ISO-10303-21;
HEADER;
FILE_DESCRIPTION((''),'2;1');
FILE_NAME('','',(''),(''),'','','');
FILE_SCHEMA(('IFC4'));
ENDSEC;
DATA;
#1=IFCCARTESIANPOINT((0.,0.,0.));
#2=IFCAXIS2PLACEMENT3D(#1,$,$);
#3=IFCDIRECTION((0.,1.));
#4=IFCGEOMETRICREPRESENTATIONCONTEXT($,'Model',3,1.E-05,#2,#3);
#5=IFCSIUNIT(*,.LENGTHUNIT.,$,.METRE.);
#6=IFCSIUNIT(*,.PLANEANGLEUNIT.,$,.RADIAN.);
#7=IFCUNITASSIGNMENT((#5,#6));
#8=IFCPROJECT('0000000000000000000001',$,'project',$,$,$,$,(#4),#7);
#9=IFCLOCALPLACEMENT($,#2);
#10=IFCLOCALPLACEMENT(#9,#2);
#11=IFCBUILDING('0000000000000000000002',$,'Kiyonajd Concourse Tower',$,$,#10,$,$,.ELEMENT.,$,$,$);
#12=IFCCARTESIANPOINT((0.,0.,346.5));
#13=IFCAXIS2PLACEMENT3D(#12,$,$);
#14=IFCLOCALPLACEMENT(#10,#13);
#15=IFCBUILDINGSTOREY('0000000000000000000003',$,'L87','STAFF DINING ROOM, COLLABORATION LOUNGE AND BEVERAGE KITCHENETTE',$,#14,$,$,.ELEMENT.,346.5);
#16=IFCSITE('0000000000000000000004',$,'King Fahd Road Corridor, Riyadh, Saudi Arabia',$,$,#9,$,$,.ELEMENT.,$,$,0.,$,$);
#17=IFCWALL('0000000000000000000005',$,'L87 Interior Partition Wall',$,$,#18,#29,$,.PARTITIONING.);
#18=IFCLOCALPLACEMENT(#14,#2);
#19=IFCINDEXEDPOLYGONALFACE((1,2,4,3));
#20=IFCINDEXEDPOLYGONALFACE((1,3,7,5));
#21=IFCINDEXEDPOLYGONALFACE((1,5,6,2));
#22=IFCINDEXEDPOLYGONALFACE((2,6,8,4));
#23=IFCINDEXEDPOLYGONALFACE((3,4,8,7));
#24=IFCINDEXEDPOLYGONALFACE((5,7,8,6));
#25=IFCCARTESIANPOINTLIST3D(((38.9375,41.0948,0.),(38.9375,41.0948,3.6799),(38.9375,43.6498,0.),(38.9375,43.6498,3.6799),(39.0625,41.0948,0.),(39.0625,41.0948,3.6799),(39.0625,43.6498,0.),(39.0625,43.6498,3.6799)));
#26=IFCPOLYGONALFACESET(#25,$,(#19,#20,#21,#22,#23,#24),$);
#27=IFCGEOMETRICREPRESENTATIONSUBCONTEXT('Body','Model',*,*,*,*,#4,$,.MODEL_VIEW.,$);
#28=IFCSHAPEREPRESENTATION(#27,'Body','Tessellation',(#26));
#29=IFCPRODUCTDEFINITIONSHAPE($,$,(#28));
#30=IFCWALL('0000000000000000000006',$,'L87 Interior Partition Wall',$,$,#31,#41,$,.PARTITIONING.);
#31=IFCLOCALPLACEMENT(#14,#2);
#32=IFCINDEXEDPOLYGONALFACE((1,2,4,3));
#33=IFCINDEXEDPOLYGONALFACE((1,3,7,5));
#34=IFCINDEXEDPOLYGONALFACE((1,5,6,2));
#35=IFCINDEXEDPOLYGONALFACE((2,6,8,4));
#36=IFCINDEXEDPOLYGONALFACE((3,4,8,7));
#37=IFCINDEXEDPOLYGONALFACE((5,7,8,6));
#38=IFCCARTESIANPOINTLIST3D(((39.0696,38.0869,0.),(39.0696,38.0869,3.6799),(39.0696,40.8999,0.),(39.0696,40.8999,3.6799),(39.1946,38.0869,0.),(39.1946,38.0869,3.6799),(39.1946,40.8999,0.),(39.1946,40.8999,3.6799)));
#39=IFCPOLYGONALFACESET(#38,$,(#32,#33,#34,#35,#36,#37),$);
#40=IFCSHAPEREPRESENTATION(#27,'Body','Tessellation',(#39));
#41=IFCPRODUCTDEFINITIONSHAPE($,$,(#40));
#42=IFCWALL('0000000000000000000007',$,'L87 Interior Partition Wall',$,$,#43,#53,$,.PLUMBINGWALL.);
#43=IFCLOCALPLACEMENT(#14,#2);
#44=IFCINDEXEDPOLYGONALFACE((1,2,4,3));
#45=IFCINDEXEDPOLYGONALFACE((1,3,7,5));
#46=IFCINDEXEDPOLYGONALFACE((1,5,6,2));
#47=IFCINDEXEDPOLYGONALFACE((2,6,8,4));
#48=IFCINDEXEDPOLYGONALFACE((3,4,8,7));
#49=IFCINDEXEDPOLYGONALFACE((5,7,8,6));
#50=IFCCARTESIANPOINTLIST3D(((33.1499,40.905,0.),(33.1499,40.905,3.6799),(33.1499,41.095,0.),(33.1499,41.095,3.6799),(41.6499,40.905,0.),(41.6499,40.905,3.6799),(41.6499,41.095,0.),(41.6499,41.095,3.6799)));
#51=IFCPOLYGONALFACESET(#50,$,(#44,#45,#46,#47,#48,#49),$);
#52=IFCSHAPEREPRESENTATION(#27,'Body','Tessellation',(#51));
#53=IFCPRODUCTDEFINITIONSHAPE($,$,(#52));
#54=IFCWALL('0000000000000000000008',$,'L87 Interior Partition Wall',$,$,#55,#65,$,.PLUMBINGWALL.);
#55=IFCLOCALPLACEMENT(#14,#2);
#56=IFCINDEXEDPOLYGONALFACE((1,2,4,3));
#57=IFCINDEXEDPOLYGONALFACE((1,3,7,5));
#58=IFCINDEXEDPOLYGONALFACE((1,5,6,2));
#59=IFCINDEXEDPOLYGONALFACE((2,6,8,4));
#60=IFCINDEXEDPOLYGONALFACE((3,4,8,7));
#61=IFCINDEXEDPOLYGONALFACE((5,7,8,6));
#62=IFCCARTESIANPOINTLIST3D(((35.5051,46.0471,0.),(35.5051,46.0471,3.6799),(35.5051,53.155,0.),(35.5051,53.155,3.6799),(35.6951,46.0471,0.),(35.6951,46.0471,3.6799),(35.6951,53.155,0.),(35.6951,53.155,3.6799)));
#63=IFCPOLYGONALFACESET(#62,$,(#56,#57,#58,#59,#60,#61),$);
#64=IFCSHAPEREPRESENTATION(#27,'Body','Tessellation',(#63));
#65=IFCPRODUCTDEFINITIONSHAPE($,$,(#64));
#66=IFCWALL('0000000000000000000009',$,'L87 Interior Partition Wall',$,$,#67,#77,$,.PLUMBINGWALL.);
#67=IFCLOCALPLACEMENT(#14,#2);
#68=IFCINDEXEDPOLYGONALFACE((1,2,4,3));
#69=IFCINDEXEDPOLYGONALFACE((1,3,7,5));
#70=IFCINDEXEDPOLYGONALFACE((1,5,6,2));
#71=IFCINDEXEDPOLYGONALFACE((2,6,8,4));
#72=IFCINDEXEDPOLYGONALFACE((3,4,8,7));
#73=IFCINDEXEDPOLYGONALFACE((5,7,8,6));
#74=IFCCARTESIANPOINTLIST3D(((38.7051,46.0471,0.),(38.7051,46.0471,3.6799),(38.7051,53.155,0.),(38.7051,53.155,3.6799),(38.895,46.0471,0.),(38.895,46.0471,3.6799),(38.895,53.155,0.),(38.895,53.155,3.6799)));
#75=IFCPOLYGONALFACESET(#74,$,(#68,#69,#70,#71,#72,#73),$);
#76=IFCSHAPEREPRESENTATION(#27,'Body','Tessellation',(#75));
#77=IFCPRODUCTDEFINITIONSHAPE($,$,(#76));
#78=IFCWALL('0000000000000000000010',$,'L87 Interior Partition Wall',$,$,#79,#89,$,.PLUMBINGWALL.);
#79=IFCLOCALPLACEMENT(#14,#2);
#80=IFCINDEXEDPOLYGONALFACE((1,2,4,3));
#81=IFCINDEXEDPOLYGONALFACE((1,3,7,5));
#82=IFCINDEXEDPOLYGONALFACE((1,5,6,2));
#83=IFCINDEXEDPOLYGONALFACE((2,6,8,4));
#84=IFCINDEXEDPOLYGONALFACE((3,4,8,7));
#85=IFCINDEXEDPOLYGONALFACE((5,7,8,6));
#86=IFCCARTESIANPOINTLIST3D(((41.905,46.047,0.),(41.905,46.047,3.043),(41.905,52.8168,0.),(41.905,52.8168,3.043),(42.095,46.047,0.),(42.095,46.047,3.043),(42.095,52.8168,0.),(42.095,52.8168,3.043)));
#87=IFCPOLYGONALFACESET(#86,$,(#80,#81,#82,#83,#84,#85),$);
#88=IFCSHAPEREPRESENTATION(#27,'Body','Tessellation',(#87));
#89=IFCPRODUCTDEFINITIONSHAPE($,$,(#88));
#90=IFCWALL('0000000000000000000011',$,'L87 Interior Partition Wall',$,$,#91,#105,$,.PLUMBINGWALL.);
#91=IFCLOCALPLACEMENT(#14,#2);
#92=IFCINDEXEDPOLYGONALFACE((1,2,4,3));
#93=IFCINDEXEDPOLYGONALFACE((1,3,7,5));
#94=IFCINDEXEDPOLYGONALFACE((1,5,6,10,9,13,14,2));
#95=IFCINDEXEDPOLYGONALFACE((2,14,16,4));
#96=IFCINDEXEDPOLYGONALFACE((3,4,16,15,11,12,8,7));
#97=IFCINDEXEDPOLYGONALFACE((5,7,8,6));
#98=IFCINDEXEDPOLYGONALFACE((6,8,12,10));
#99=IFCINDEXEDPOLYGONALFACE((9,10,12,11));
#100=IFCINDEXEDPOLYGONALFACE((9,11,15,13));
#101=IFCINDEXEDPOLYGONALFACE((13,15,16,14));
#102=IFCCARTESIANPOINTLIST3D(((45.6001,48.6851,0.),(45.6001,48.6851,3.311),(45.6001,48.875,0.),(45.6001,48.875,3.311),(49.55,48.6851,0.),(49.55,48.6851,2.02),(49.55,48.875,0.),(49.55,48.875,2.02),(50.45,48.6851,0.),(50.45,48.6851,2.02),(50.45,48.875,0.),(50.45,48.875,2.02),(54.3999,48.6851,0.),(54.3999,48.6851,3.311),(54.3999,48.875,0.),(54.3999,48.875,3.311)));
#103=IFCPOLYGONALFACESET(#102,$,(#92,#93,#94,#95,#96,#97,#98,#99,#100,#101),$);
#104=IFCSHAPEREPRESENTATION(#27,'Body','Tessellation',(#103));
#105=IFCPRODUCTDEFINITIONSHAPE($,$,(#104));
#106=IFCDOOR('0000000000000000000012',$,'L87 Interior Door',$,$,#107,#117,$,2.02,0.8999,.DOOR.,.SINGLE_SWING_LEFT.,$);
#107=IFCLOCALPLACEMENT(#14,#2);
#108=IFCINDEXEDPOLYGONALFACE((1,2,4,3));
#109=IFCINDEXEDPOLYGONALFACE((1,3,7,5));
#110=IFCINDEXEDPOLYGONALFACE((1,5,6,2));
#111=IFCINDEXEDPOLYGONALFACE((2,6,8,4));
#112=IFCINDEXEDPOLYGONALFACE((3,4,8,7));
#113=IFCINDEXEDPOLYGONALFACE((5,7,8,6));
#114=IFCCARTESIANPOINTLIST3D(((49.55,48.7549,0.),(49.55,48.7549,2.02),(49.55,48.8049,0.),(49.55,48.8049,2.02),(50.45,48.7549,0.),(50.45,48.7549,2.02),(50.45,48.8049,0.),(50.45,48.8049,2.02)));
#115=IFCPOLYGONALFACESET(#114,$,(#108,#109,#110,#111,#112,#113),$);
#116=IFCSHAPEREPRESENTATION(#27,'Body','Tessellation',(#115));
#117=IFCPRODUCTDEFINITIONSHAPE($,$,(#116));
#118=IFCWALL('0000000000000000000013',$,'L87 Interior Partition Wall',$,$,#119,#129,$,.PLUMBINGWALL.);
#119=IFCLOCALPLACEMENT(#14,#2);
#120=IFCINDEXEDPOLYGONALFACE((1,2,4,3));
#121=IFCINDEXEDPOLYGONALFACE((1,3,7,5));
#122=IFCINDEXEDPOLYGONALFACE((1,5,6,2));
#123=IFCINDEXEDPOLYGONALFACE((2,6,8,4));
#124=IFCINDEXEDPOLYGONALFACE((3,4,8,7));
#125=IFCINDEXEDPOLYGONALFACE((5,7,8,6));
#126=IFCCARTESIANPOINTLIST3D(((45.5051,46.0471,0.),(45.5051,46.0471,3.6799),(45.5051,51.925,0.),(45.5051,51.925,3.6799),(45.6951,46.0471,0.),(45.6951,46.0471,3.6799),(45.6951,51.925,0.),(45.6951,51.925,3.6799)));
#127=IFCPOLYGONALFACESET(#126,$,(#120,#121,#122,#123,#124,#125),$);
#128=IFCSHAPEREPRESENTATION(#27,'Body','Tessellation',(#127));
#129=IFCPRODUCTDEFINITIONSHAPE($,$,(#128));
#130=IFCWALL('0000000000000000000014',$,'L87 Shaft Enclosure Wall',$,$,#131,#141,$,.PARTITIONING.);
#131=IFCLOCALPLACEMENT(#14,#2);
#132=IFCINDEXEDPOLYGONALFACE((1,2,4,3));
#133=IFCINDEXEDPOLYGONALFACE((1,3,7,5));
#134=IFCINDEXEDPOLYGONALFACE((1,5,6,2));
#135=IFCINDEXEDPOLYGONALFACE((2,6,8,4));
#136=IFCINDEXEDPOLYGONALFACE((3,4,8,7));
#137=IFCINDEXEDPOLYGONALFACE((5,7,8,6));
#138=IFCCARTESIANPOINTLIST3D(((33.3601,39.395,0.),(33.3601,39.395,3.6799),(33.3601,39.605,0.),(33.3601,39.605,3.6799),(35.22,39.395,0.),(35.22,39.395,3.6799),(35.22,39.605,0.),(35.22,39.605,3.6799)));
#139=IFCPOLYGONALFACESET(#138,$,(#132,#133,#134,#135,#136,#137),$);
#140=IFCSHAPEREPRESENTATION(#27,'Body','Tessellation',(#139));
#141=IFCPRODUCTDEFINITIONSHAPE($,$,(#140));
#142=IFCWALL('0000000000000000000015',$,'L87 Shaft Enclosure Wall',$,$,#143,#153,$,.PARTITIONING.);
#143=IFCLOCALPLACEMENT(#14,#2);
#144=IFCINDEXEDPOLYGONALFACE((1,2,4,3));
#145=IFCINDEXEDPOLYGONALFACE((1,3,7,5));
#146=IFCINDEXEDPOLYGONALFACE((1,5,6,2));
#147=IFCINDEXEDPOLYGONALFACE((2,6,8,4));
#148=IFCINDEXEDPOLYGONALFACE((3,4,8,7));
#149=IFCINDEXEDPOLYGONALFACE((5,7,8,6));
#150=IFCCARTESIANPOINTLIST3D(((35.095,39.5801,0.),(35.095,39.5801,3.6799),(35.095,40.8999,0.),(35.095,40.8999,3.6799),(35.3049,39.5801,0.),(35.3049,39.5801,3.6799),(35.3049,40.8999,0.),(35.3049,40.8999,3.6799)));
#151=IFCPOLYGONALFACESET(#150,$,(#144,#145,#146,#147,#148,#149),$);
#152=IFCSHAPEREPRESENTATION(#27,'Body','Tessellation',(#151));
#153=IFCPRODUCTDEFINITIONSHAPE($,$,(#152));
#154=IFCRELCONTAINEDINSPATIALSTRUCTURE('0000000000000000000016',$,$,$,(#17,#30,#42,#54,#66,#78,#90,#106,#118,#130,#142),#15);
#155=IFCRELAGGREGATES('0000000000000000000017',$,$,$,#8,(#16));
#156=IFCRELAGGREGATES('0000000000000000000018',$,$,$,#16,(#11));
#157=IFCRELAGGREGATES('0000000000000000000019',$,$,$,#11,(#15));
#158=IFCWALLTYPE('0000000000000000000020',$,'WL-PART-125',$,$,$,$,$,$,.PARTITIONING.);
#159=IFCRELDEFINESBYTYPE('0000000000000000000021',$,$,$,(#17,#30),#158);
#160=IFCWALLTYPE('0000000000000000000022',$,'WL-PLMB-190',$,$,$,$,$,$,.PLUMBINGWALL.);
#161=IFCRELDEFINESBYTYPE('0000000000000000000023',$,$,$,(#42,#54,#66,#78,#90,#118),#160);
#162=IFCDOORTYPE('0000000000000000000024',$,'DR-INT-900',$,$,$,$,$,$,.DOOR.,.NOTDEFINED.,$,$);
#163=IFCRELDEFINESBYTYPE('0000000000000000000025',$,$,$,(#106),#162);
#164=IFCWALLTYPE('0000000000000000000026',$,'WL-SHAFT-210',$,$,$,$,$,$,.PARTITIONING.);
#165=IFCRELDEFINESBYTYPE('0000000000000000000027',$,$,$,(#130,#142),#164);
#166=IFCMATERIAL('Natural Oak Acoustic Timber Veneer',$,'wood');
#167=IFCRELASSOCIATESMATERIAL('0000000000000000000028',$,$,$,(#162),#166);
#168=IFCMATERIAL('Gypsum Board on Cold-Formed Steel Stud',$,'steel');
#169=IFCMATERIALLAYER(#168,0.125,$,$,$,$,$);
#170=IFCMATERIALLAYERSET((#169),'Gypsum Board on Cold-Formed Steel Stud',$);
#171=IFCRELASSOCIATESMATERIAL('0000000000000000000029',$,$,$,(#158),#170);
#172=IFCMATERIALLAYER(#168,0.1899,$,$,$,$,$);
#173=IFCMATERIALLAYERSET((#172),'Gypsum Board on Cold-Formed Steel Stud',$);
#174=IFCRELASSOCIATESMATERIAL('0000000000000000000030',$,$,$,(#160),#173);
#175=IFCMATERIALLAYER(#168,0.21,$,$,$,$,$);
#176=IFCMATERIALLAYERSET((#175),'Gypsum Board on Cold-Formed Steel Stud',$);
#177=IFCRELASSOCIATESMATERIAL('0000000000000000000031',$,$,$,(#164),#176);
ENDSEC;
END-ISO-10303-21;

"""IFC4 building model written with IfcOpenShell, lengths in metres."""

from ifc_helpers import new_model, si_unit, direction, frame, frame_2d, origin, place, context, subcontext, project, spatial, rectangle, extrude, material, layer, layer_set, type_object, element, fill, save


model = new_model("IFC4")

# Units and contexts
model_context = context("Model", 3, precision=1e-05, world=origin(), true_north=direction((0.0, 1.0)))
body_context = subcontext(model_context, "Body", "Model", "MODEL_VIEW")
ifc_project = project(units=[si_unit("LENGTHUNIT", "METRE"), si_unit("PLANEANGLEUNIT", "RADIAN")], contexts=[model_context])

# Site, building, storey
site_placement = place(None, origin())
site = spatial("IfcSite", under=ifc_project, at=site_placement, Name="King Fahd Road Corridor, Riyadh, Saudi Arabia", CompositionType="ELEMENT", RefElevation=0.0)
building_placement = place(site_placement, origin())
building = spatial("IfcBuilding", under=site, at=building_placement, Name="Kiyonajd Concourse Tower", CompositionType="ELEMENT")
storey_placement = place(building_placement, frame((0.0, 0.0, 346.5)))
storey = spatial("IfcBuildingStorey", under=building, at=storey_placement, Name="L87", Description="STAFF DINING ROOM, COLLABORATION LOUNGE AND BEVERAGE KITCHENETTE", CompositionType="ELEMENT", Elevation=346.5)

# Shared definitions
ifc_material_1 = material(Name="Natural Oak Acoustic Timber Veneer", Category="wood")
door_type_1 = type_object("IfcDoorType", Name="DR-INT-900", OperationType="NOTDEFINED", PredefinedType="DOOR", material=ifc_material_1)

# Walls
ifc_material_2 = material(Name="Gypsum Board on Cold-Formed Steel Stud", Category="steel")
ifc_layer_1 = layer(ifc_material_2, 0.125)
ifc_layer_set_1 = layer_set([ifc_layer_1], Name="Gypsum Board on Cold-Formed Steel Stud")
wall_type_1 = type_object("IfcWallType", Name="WL-PART-125", PredefinedType="PARTITIONING", material=ifc_layer_set_1)
for number, where, z_axis, x_axis, name in (
    (1, (39.0, 41.095, 0.0), (0.0, 0.0, 1.0), (0.0, 1.0, 0.0), "L87 Interior Partition Wall"),
):
    element("IfcWall", number, at=place(storey_placement, frame(where, z_axis=z_axis, x_axis=x_axis)), inside=storey, type_object=wall_type_1, Name=name, PredefinedType="PARTITIONING", context=body_context, shape_type="SweptSolid", body=[
        extrude(rectangle(XDim=2.5549, YDim=0.125, at=frame_2d((1.2773, 0.0))), origin(), (0.0, 0.0, 1.0), 3.6799),
    ])
wall_1_placement = place(storey_placement, frame((39.1321, 38.0869, 0.0), z_axis=(0.0, 0.0, 1.0), x_axis=(0.0, 1.0, 0.0)))
element("IfcWall", 2, at=wall_1_placement, inside=storey, type_object=wall_type_1, Name="L87 Interior Partition Wall", PredefinedType="PARTITIONING", context=body_context, shape_type="SweptSolid", body=[
    extrude(rectangle(XDim=2.813, YDim=0.125, at=frame_2d((1.4065, 0.0))), origin(), (0.0, 0.0, 1.0), 3.6799),
])
ifc_layer_2 = layer(ifc_material_2, 0.1899)
ifc_layer_set_2 = layer_set([ifc_layer_2], Name="Gypsum Board on Cold-Formed Steel Stud")
wall_type_2 = type_object("IfcWallType", Name="WL-PLMB-190", PredefinedType="PLUMBINGWALL", material=ifc_layer_set_2)
wall_2_placement = place(storey_placement, frame((33.1499, 41.0, 0.0), z_axis=(0.0, 0.0, 1.0), x_axis=(1.0, 0.0, 0.0)))
element("IfcWall", 3, at=wall_2_placement, inside=storey, type_object=wall_type_2, Name="L87 Interior Partition Wall", PredefinedType="PLUMBINGWALL", context=body_context, shape_type="SweptSolid", body=[
    extrude(rectangle(XDim=8.5, YDim=0.1899, at=frame_2d((4.25, 0.0))), origin(), (0.0, 0.0, 1.0), 3.6799),
])
for number, where, z_axis, x_axis, name in (
    (4, (35.6001, 46.0471, 0.0), (0.0, 0.0, 1.0), (0.0, 1.0, 0.0), "L87 Interior Partition Wall"),
    (5, (38.8, 46.0471, 0.0), (0.0, 0.0, 1.0), (0.0, 1.0, 0.0), "L87 Interior Partition Wall"),
):
    element("IfcWall", number, at=place(storey_placement, frame(where, z_axis=z_axis, x_axis=x_axis)), inside=storey, type_object=wall_type_2, Name=name, PredefinedType="PLUMBINGWALL", context=body_context, shape_type="SweptSolid", body=[
        extrude(rectangle(XDim=7.1079, YDim=0.1899, at=frame_2d((3.554, 0.0))), origin(), (0.0, 0.0, 1.0), 3.6799),
    ])
wall_3_placement = place(storey_placement, frame((42.0, 46.0471, 0.0), z_axis=(0.0, 0.0, 1.0), x_axis=(0.0, 1.0, 0.0)))
element("IfcWall", 6, at=wall_3_placement, inside=storey, type_object=wall_type_2, Name="L87 Interior Partition Wall", PredefinedType="PLUMBINGWALL", context=body_context, shape_type="SweptSolid", body=[
    extrude(rectangle(XDim=6.7698, YDim=0.1899, at=frame_2d((3.3848, 0.0))), origin(), (0.0, 0.0, 1.0), 3.043),
])

# Wall, opening, door
wall_4_placement = place(storey_placement, frame((45.6001, 48.78, 0.0), z_axis=(0.0, 0.0, 1.0), x_axis=(1.0, 0.0, 0.0)))
wall_4 = element("IfcWall", 7, at=wall_4_placement, inside=storey, type_object=wall_type_2, Name="L87 Interior Partition Wall", PredefinedType="PLUMBINGWALL", context=body_context, shape_type="SweptSolid", body=[
    extrude(rectangle(XDim=8.7998, YDim=0.1899, at=frame_2d((4.3999, 0.0))), origin(), (0.0, 0.0, 1.0), 3.311),
])
opening_1_placement = place(wall_4_placement, frame((3.95, 0.0, 0.0)))
opening_1 = element("IfcOpeningElement", 8, at=opening_1_placement, cuts=wall_4, PredefinedType="OPENING", context=body_context, shape_type="SweptSolid", body=[
    extrude(rectangle(XDim=0.8999, YDim=2.02, at=frame_2d((0.45, 1.01))), frame((0.0, 0.105, 0.0), z_axis=(0.0, -1.0, 0.0), x_axis=(1.0, 0.0, 0.0)), (0.0, 0.0, 1.0), 0.21),
])
door_1_placement = place(opening_1_placement, origin())
door_1 = element("IfcDoor", 9, at=door_1_placement, inside=storey, type_object=door_type_1, Name="L87 Interior Door", OperationType="SINGLE_SWING_LEFT", OverallHeight=2.02, OverallWidth=0.8999, PredefinedType="DOOR", context=body_context, shape_type="SweptSolid", body=[
    extrude(rectangle(XDim=0.8999, YDim=2.02, at=frame_2d((0.45, 1.01))), frame((0.0, 0.0249, 0.0), z_axis=(0.0, -1.0, 0.0), x_axis=(1.0, 0.0, 0.0)), (0.0, 0.0, 1.0), 0.05),
])
fill(opening_1, door_1)

# Walls
wall_5_placement = place(storey_placement, frame((45.6001, 46.0471, 0.0), z_axis=(0.0, 0.0, 1.0), x_axis=(0.0, 1.0, 0.0)))
element("IfcWall", 10, at=wall_5_placement, inside=storey, type_object=wall_type_2, Name="L87 Interior Partition Wall", PredefinedType="PLUMBINGWALL", context=body_context, shape_type="SweptSolid", body=[
    extrude(rectangle(XDim=5.8779, YDim=0.1899, at=frame_2d((2.939, 0.0))), origin(), (0.0, 0.0, 1.0), 3.6799),
])
ifc_layer_3 = layer(ifc_material_2, 0.21)
ifc_layer_set_3 = layer_set([ifc_layer_3], Name="Gypsum Board on Cold-Formed Steel Stud")
wall_type_3 = type_object("IfcWallType", Name="WL-SHAFT-210", PredefinedType="PARTITIONING", material=ifc_layer_set_3)
wall_6_placement = place(storey_placement, frame((33.3601, 39.5, 0.0), z_axis=(0.0, 0.0, 1.0), x_axis=(1.0, 0.0, 0.0)))
element("IfcWall", 11, at=wall_6_placement, inside=storey, type_object=wall_type_3, Name="L87 Shaft Enclosure Wall", PredefinedType="PARTITIONING", context=body_context, shape_type="SweptSolid", body=[
    extrude(rectangle(XDim=1.8599, YDim=0.21, at=frame_2d((0.9299, 0.0))), origin(), (0.0, 0.0, 1.0), 3.6799),
])
wall_7_placement = place(storey_placement, frame((35.2, 39.5801, 0.0), z_axis=(0.0, 0.0, 1.0), x_axis=(0.0, 1.0, 0.0)))
element("IfcWall", 12, at=wall_7_placement, inside=storey, type_object=wall_type_3, Name="L87 Shaft Enclosure Wall", PredefinedType="PARTITIONING", context=body_context, shape_type="SweptSolid", body=[
    extrude(rectangle(XDim=1.3198, YDim=0.21, at=frame_2d((0.6599, 0.0))), origin(), (0.0, 0.0, 1.0), 3.6799),
])

save(model, "model.ifc")
